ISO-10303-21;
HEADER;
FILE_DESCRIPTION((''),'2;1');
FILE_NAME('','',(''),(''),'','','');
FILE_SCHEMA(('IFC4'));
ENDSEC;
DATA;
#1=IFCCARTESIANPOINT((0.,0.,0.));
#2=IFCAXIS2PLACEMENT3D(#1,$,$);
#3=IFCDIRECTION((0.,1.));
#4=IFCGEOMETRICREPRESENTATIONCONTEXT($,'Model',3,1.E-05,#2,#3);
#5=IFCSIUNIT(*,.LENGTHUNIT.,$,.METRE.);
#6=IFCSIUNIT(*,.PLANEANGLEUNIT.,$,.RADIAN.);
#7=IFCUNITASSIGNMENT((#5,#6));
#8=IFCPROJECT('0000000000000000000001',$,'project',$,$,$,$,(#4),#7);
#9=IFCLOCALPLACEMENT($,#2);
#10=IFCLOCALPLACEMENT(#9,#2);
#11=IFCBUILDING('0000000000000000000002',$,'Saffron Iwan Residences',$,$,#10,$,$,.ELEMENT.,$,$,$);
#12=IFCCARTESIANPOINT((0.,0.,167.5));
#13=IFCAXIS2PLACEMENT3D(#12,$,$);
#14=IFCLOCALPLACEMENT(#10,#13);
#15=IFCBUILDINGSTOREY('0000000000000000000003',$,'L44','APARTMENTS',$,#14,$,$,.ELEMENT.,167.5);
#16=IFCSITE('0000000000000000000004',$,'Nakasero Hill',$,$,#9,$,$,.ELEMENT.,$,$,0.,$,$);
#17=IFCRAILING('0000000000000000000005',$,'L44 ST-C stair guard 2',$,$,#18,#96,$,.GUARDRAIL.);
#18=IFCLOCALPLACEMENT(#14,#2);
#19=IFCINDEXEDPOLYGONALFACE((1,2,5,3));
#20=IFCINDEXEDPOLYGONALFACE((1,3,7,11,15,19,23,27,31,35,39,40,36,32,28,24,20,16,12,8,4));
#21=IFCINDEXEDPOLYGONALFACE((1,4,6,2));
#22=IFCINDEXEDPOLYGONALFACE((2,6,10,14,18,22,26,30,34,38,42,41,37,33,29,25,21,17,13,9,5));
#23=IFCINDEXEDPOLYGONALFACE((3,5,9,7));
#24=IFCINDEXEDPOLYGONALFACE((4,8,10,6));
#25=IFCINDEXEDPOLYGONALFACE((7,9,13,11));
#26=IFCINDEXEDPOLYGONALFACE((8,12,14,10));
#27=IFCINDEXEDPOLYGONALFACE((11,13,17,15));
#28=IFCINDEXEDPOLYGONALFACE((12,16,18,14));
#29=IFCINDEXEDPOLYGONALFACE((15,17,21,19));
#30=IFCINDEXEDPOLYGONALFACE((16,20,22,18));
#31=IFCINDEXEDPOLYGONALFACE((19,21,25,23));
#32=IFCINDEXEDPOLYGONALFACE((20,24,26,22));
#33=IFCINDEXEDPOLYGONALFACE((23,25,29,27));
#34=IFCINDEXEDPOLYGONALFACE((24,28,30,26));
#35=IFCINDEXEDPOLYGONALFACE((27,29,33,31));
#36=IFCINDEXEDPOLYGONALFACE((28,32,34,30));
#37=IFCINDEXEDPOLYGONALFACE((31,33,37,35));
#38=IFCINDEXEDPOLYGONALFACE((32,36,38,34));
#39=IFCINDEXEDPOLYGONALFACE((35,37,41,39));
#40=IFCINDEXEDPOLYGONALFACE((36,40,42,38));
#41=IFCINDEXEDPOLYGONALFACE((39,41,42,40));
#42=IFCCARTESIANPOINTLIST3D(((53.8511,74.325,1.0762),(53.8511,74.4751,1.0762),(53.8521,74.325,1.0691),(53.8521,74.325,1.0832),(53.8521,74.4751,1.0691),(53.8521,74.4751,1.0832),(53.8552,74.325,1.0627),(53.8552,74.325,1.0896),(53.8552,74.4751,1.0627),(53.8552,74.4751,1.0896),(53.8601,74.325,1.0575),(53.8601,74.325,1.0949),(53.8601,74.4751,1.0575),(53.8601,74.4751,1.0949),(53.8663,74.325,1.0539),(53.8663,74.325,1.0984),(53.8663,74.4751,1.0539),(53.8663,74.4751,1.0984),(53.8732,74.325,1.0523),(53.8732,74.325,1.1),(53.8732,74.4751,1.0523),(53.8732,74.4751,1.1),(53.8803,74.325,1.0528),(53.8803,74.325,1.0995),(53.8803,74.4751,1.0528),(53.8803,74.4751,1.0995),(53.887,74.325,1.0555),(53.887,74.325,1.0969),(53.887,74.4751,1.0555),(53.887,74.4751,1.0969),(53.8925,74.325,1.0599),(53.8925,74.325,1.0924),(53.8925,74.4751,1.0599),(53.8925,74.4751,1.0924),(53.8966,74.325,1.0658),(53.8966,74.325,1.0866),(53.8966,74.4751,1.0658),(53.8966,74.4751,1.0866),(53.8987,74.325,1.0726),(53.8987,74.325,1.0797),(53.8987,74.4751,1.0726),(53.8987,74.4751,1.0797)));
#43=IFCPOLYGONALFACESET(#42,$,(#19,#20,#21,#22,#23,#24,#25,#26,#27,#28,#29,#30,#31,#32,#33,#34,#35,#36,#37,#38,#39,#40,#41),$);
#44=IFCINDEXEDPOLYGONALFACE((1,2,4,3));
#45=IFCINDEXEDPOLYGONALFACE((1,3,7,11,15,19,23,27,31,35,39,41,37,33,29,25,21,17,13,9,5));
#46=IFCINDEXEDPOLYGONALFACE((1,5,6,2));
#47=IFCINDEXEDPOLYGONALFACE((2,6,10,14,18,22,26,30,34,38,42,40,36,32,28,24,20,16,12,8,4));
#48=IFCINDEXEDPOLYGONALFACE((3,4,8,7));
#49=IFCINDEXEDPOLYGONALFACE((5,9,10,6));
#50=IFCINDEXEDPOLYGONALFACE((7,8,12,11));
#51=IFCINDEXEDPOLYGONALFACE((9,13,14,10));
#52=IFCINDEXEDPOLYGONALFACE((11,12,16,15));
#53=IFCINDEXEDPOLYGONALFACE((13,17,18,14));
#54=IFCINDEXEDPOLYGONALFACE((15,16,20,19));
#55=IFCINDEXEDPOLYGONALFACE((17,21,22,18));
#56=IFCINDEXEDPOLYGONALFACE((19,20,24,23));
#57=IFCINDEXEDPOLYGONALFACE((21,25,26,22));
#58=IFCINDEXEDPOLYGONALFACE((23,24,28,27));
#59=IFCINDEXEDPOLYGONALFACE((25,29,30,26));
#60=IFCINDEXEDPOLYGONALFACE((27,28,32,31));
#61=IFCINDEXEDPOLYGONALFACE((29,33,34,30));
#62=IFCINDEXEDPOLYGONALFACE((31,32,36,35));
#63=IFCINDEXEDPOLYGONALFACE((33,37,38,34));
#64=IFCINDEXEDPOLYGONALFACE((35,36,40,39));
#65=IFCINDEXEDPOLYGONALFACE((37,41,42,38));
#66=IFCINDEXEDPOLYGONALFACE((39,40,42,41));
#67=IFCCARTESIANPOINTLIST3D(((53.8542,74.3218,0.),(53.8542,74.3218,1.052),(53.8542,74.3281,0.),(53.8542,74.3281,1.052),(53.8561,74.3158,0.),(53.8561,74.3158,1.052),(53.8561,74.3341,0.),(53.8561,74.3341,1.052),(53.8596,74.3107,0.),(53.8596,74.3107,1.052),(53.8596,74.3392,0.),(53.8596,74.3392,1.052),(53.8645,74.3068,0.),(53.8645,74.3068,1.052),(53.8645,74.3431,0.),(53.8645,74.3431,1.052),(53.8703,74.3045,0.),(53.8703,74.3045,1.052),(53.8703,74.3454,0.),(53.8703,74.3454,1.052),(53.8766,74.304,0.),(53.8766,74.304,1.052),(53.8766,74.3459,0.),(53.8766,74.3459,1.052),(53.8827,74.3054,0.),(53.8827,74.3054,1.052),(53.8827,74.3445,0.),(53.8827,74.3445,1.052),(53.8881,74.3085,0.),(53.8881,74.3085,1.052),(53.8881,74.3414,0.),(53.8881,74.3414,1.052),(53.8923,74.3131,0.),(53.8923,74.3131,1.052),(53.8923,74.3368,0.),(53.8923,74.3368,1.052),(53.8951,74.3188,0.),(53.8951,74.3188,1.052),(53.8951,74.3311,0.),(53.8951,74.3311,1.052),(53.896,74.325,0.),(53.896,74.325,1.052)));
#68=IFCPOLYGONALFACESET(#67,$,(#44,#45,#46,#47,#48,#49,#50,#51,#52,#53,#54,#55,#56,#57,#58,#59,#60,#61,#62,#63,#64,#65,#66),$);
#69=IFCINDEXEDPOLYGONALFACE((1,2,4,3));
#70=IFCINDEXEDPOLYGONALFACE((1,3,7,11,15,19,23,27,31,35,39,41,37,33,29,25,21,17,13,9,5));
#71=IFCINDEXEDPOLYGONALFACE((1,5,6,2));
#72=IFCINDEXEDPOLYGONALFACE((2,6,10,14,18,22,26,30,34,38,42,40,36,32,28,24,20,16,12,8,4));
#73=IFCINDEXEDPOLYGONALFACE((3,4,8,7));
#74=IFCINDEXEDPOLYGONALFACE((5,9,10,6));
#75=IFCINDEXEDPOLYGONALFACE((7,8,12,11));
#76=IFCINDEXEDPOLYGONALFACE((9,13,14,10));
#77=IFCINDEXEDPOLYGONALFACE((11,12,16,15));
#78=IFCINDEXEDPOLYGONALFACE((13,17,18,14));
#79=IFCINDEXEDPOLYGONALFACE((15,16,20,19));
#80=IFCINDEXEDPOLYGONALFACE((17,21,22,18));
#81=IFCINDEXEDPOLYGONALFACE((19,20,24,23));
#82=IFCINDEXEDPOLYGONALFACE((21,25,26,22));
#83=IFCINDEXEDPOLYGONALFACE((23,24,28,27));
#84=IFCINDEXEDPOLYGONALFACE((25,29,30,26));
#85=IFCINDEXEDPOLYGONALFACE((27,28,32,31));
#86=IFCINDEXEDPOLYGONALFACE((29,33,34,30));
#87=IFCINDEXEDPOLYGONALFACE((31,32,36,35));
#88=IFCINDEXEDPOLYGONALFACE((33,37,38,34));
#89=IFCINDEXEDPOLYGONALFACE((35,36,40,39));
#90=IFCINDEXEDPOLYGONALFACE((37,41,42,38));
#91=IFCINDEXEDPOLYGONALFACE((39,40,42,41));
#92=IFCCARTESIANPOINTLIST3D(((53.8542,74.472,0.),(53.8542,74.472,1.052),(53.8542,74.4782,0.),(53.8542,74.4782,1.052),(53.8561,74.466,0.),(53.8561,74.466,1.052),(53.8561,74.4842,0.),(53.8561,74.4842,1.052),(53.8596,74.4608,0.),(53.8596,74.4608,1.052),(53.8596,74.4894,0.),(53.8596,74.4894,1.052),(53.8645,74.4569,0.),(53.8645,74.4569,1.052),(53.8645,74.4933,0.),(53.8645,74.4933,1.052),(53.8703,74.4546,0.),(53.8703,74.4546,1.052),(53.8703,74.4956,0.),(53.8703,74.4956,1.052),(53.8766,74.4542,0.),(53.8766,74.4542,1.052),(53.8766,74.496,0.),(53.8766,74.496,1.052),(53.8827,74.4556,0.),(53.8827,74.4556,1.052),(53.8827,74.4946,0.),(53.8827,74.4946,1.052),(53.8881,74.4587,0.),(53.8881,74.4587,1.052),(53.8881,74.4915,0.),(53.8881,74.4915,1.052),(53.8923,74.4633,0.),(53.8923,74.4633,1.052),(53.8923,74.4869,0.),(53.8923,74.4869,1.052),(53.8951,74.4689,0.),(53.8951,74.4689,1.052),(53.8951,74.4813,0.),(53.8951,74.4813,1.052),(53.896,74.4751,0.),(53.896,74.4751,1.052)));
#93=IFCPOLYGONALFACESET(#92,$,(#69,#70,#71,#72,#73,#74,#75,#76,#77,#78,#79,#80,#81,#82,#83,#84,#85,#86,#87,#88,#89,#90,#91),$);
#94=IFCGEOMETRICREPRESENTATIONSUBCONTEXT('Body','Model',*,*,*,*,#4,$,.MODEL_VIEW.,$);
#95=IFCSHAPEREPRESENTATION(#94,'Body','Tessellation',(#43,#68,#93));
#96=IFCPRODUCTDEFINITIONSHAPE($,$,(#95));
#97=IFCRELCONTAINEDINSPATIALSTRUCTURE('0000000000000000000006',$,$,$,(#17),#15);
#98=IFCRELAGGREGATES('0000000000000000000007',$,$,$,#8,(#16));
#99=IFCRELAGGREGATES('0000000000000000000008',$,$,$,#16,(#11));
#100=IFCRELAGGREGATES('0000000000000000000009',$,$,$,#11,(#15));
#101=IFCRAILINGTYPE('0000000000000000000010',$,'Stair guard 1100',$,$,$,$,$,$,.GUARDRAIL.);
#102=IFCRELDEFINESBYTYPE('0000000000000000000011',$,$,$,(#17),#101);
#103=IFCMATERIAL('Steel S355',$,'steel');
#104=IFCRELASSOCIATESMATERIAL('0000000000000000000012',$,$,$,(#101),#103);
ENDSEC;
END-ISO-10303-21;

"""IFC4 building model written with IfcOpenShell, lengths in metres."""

from ifc_helpers import new_model, si_unit, direction, frame, origin, origin_2d, place, context, subcontext, project, spatial, circle, extrude, material, type_object, element, save


model = new_model("IFC4")

# Units and contexts
model_context = context("Model", 3, precision=1e-05, world=origin(), true_north=direction((0.0, 1.0)))
body_context = subcontext(model_context, "Body", "Model", "MODEL_VIEW")
ifc_project = project(units=[si_unit("LENGTHUNIT", "METRE"), si_unit("PLANEANGLEUNIT", "RADIAN")], contexts=[model_context])

# Site, building, storey
site_placement = place(None, origin())
site = spatial("IfcSite", under=ifc_project, at=site_placement, Name="Nakasero Hill", CompositionType="ELEMENT", RefElevation=0.0)
building_placement = place(site_placement, origin())
building = spatial("IfcBuilding", under=site, at=building_placement, Name="Saffron Iwan Residences", CompositionType="ELEMENT")
storey_placement = place(building_placement, frame((0.0, 0.0, 167.5)))
storey = spatial("IfcBuildingStorey", under=building, at=storey_placement, Name="L44", Description="APARTMENTS", CompositionType="ELEMENT", Elevation=167.5)

# Railing
ifc_material_1 = material(Name="Steel S355", Category="steel")
railing_type_1 = type_object("IfcRailingType", Name="Stair guard 1100", PredefinedType="GUARDRAIL", material=ifc_material_1)
railing_1_placement = place(storey_placement, frame((53.875, 74.325, 0.0)))
element("IfcRailing", 1, at=railing_1_placement, inside=storey, type_object=railing_type_1, Name="L44 ST-C stair guard 2", PredefinedType="GUARDRAIL", context=body_context, shape_type="SweptSolid", body=[
    extrude(circle(Radius=0.0239, at=origin_2d()), frame((0.0, 0.0, 1.0762), z_axis=(0.0, 1.0, 0.0), x_axis=(-1.0, 0.0, 0.0)), (0.0, 0.0, 1.0), 0.1501),
    extrude(circle(Radius=0.021, at=origin_2d()), origin(), (0.0, 0.0, 1.0), 1.052),
    extrude(circle(Radius=0.021, at=origin_2d()), frame((0.0, 0.1501, 0.0)), (0.0, 0.0, 1.0), 1.052),
])

save(model, "model.ifc")
